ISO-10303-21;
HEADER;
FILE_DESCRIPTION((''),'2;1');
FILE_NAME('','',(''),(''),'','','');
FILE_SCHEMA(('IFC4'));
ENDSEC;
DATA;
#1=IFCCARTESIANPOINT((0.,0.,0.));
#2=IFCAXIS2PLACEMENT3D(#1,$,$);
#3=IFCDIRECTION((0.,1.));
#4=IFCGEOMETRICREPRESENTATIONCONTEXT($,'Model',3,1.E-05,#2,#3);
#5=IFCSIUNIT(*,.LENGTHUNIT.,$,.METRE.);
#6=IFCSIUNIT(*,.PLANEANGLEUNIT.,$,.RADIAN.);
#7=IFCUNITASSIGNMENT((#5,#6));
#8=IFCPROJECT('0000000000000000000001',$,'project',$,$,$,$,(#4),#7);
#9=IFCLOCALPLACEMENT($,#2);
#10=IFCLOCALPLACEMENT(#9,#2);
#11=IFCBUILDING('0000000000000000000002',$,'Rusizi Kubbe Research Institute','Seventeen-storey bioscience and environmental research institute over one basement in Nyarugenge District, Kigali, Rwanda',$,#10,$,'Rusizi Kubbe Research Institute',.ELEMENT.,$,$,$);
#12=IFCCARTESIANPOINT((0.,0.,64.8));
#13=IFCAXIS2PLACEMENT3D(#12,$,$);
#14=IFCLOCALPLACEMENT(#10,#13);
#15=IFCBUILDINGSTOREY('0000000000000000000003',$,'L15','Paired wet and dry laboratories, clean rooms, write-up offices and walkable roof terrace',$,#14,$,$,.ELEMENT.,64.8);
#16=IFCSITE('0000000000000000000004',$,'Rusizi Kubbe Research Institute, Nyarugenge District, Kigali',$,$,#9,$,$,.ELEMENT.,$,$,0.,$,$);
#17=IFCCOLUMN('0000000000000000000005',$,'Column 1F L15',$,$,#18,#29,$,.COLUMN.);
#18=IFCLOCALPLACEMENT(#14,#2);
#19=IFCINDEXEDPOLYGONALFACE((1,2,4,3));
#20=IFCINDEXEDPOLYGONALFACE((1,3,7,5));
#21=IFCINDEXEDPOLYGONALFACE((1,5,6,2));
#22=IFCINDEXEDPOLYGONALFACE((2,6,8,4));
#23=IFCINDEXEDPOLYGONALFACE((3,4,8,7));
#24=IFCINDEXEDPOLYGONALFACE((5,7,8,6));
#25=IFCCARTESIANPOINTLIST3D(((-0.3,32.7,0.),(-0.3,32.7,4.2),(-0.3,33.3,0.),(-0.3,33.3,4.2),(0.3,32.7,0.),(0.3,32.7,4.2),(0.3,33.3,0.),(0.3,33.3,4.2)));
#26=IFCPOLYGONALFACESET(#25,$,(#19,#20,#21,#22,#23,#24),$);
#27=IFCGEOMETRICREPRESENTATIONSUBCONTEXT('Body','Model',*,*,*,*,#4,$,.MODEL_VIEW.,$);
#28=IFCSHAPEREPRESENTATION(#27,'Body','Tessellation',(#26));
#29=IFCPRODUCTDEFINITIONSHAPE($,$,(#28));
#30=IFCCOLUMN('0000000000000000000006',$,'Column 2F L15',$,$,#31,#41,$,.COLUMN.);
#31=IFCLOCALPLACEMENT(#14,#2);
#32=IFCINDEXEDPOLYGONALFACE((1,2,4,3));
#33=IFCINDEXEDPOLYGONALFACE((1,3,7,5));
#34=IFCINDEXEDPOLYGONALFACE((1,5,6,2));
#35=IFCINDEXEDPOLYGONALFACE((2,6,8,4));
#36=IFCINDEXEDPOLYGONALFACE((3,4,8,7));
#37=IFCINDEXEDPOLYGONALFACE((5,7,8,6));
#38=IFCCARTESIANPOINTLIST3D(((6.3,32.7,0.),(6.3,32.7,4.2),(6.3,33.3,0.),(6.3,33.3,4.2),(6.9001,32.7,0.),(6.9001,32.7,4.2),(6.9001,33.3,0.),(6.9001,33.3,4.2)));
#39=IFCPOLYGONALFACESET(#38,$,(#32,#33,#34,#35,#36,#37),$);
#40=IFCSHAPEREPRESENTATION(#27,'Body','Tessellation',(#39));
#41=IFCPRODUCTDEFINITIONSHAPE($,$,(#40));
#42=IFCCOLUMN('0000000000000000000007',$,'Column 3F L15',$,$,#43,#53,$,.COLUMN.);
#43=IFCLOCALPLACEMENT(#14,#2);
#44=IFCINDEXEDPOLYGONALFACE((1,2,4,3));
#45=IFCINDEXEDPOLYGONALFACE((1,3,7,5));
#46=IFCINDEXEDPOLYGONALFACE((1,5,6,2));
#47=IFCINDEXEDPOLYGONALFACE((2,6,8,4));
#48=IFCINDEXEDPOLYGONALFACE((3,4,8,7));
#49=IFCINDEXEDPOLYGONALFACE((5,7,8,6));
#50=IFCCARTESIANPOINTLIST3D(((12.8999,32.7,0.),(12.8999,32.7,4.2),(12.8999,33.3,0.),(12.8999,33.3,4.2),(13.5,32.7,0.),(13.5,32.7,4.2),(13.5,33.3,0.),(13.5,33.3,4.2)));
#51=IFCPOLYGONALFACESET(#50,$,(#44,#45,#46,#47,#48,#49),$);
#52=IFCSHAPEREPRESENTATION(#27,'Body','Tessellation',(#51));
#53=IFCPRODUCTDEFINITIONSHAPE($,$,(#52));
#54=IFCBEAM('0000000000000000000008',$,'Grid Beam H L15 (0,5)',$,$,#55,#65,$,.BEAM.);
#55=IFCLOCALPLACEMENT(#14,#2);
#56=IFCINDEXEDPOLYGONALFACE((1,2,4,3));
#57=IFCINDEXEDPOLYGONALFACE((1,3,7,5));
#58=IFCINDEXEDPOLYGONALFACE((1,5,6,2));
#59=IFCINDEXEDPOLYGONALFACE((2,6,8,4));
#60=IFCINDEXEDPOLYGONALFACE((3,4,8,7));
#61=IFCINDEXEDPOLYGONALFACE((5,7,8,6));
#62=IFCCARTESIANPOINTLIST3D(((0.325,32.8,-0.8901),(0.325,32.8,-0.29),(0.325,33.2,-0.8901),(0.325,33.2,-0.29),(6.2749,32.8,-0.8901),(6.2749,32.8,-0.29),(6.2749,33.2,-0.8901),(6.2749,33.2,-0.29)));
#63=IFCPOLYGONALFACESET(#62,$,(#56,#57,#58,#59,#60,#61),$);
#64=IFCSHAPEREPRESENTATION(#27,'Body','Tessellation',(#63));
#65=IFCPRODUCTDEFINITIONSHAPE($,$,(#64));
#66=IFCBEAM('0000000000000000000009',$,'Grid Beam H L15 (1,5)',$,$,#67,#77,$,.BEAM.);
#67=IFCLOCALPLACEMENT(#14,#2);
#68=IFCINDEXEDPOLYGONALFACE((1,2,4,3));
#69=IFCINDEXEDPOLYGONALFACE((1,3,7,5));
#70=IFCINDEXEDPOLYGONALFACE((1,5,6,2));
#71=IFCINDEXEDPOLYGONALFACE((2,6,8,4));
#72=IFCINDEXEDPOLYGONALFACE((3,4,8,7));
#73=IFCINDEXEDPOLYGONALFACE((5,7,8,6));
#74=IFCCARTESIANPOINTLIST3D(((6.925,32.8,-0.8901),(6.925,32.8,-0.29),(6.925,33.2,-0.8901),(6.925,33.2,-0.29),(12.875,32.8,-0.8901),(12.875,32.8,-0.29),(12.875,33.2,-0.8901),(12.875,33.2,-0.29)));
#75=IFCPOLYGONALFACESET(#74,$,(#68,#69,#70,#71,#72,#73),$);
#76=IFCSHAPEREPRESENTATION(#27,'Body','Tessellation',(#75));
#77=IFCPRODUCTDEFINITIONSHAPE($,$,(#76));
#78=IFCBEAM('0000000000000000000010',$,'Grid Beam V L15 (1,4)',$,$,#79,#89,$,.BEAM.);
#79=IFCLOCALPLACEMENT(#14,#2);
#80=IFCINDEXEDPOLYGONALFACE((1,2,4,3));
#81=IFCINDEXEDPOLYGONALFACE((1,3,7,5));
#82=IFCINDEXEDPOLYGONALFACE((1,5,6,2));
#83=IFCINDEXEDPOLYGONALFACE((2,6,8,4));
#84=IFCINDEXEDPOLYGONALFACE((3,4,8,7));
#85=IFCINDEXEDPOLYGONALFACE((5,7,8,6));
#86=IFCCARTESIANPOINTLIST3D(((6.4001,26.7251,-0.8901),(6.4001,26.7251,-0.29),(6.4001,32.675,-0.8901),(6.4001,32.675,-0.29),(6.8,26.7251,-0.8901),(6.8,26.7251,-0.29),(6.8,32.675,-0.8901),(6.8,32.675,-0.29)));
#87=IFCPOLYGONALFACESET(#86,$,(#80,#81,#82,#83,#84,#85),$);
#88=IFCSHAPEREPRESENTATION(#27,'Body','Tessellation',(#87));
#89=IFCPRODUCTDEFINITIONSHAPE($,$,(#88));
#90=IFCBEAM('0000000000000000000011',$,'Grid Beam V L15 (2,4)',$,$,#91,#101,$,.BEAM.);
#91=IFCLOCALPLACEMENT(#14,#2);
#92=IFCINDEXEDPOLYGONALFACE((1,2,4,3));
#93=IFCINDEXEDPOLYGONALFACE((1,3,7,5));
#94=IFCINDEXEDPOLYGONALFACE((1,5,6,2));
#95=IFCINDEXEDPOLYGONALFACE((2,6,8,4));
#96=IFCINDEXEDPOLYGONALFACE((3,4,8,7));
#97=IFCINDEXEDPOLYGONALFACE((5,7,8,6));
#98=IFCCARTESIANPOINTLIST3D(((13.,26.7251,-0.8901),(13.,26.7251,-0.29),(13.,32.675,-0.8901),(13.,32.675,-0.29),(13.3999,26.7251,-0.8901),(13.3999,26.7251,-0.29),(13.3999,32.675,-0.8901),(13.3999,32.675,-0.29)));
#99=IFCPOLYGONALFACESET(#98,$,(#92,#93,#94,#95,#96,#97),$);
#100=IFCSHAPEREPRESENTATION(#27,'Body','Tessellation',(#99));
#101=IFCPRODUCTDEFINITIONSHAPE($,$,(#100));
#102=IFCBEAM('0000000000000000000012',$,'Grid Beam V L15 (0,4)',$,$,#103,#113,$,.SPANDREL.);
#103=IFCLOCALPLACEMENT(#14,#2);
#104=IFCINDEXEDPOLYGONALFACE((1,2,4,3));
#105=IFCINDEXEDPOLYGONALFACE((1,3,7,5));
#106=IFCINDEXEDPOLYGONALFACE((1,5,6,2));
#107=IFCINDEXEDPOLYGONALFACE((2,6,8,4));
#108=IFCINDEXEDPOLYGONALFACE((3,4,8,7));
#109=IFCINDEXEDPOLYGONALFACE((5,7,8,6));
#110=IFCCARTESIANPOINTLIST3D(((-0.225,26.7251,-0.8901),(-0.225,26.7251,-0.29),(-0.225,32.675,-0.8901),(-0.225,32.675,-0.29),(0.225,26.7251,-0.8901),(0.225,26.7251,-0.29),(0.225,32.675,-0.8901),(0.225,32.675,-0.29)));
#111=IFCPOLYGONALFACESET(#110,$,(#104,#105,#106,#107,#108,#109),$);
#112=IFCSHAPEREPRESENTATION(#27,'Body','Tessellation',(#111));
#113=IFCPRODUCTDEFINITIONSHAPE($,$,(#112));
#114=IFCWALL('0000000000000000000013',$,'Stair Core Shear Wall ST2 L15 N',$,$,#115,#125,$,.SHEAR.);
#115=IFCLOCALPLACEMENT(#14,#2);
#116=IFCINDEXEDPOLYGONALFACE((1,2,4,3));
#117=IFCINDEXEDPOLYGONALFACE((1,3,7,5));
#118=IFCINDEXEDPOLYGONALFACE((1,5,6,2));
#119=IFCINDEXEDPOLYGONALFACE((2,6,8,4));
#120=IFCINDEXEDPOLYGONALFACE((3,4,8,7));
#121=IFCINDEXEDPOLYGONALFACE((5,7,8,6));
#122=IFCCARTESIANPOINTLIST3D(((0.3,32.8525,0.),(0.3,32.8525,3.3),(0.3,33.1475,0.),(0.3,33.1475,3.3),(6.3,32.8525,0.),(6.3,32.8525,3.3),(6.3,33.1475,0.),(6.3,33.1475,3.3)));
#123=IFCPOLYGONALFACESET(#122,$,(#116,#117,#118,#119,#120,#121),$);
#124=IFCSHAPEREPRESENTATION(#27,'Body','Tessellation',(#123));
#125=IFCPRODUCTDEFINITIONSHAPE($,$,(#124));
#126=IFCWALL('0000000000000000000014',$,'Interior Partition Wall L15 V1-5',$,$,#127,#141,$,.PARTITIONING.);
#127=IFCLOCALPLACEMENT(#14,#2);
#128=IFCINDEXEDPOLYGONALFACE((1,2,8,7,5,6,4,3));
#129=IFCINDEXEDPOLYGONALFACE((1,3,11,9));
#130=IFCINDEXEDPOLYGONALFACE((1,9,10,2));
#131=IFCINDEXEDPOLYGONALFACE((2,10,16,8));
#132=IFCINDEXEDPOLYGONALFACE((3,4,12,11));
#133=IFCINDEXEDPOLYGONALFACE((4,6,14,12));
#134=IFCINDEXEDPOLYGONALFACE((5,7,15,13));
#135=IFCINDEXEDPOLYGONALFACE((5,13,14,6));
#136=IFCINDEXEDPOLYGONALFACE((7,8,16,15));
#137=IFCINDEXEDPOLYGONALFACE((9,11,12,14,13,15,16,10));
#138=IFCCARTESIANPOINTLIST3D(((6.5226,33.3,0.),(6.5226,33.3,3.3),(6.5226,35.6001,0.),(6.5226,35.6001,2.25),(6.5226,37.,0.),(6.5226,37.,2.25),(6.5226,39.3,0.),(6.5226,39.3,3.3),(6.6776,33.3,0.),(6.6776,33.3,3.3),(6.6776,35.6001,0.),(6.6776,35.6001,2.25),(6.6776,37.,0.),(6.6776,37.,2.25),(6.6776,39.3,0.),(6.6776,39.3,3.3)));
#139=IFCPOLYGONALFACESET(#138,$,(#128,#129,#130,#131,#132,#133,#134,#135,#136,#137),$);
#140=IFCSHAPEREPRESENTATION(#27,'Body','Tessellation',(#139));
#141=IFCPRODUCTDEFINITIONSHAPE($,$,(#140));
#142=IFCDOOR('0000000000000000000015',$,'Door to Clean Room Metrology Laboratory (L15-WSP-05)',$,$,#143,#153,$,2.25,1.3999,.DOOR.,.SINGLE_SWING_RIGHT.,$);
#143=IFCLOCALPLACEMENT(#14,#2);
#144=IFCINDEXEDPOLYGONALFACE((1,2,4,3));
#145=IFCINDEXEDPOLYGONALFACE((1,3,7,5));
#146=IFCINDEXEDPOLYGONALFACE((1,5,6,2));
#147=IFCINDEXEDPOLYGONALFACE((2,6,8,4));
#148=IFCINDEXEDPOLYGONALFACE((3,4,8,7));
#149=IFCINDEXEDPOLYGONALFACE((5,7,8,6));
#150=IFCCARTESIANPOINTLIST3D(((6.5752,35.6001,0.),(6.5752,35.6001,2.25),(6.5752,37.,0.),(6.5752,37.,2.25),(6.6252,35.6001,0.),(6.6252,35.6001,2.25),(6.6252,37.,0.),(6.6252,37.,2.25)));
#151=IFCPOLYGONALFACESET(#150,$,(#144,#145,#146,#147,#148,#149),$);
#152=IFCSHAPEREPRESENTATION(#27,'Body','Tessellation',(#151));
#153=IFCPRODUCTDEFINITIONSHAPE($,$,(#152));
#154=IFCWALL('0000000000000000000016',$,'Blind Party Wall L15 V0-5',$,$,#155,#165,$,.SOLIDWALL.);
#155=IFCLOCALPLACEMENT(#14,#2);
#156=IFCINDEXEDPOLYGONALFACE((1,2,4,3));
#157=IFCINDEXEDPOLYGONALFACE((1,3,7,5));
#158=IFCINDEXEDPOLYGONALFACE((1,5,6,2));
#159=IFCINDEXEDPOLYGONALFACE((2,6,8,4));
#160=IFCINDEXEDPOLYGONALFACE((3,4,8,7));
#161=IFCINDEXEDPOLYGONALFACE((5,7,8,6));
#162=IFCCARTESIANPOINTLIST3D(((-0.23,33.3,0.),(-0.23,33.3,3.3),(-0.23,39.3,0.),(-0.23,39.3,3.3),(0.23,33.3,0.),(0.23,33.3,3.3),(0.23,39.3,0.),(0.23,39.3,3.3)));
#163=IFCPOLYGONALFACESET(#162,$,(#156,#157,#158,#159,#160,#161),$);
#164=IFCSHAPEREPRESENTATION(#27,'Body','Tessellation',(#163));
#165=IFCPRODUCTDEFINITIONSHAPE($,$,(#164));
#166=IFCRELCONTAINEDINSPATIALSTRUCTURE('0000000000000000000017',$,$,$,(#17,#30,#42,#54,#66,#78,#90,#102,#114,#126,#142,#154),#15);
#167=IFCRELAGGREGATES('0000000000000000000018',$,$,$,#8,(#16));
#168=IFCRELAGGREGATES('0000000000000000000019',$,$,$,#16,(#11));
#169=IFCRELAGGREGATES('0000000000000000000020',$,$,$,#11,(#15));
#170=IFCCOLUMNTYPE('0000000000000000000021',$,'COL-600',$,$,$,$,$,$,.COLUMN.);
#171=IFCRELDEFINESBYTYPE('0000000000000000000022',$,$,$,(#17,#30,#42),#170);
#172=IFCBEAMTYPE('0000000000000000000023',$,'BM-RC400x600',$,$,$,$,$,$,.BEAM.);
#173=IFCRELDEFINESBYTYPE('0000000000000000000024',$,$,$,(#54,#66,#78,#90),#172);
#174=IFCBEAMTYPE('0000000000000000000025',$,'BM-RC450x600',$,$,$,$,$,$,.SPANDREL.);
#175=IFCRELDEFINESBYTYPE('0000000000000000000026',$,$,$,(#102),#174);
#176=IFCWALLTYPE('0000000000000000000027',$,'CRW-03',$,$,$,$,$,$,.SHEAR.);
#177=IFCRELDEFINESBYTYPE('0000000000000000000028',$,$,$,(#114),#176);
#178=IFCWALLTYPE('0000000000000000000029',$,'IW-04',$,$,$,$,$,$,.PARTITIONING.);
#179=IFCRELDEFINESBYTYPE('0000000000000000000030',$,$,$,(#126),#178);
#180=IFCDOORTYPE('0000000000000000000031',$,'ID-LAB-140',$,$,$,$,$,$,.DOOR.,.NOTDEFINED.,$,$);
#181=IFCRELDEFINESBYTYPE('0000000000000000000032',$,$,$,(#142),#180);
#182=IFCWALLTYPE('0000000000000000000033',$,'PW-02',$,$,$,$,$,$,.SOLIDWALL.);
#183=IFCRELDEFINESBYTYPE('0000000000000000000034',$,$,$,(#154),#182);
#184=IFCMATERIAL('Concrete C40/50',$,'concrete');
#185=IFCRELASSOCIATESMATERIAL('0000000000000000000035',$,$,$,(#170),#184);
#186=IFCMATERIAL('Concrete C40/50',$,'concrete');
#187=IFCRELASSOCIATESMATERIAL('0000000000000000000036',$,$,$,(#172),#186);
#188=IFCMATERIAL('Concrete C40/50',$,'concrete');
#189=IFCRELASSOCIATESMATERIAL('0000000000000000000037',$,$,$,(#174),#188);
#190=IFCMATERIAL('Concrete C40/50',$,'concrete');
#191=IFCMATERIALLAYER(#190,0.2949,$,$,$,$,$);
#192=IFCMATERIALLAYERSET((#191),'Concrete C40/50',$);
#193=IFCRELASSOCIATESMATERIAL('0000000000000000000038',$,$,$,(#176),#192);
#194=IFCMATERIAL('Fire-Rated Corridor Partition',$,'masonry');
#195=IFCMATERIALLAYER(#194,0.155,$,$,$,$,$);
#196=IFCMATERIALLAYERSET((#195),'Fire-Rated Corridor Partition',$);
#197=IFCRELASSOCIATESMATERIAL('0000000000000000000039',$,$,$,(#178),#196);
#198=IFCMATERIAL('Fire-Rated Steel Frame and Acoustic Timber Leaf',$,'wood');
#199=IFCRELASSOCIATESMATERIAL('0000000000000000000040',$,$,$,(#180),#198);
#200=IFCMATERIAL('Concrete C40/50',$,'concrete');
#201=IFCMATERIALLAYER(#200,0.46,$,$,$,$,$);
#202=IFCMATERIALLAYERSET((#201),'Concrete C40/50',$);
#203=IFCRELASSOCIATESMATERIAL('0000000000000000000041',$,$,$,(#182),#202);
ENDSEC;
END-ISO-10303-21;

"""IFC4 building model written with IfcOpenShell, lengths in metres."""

from ifc_helpers import new_model, si_unit, direction, frame, frame_2d, origin, origin_2d, place, context, subcontext, project, spatial, rectangle, extrude, material, layer, layer_set, material_profile, profile_set, type_object, element, fill, save


model = new_model("IFC4")

# Units and contexts
model_context = context("Model", 3, precision=1e-05, world=origin(), true_north=direction((0.0, 1.0)))
body_context = subcontext(model_context, "Body", "Model", "MODEL_VIEW")
ifc_project = project(units=[si_unit("LENGTHUNIT", "METRE"), si_unit("PLANEANGLEUNIT", "RADIAN")], contexts=[model_context])

# Site, building, storey
site_placement = place(None, origin())
site = spatial("IfcSite", under=ifc_project, at=site_placement, Name="Rusizi Kubbe Research Institute, Nyarugenge District, Kigali", CompositionType="ELEMENT", RefElevation=0.0)
building_placement = place(site_placement, origin())
building = spatial("IfcBuilding", under=site, at=building_placement, Name="Rusizi Kubbe Research Institute", Description="Seventeen-storey bioscience and environmental research institute over one basement in Nyarugenge District, Kigali, Rwanda", LongName="Rusizi Kubbe Research Institute", CompositionType="ELEMENT")
storey_placement = place(building_placement, frame((0.0, 0.0, 64.8)))
storey = spatial("IfcBuildingStorey", under=building, at=storey_placement, Name="L15", Description="Paired wet and dry laboratories, clean rooms, write-up offices and walkable roof terrace", CompositionType="ELEMENT", Elevation=64.8)

# Columns
ifc_material_1 = material(Name="Concrete C40/50", Category="concrete")
ifc_material_profile_1 = material_profile(ifc_material_1, rectangle(XDim=0.6001, YDim=0.6001, at=origin_2d()), Name="RC600x600")
ifc_profile_set_1 = profile_set([ifc_material_profile_1], Name="Concrete C40/50")
column_type = type_object("IfcColumnType", Name="COL-600", PredefinedType="COLUMN", material=ifc_profile_set_1)
for number, where, z_axis, x_axis, name in (
    (1, (0.0, 33.0, 0.0), (0.0, 0.0, 1.0), (1.0, 0.0, 0.0), "Column 1F L15"),
    (2, (6.6001, 33.0, 0.0), (0.0, 0.0, 1.0), (1.0, 0.0, 0.0), "Column 2F L15"),
    (3, (13.2, 33.0, 0.0), (0.0, 0.0, 1.0), (1.0, 0.0, 0.0), "Column 3F L15"),
):
    element("IfcColumn", number, at=place(storey_placement, frame(where, z_axis=z_axis, x_axis=x_axis)), inside=storey, type_object=column_type, Name=name, PredefinedType="COLUMN", context=body_context, shape_type="SweptSolid", body=[
        extrude(rectangle(XDim=0.6001, YDim=0.6001, at=origin_2d()), origin(), (0.0, 0.0, 1.0), 4.2),
    ])

# Beams
ifc_material_2 = material(Name="Concrete C40/50", Category="concrete")
ifc_material_profile_2 = material_profile(ifc_material_2, rectangle(XDim=0.3999, YDim=0.6001, at=origin_2d()), Name="RC400x600")
ifc_profile_set_2 = profile_set([ifc_material_profile_2], Name="Concrete C40/50")
beam_type_1 = type_object("IfcBeamType", Name="BM-RC400x600", PredefinedType="BEAM", material=ifc_profile_set_2)
for number, where, z_axis, x_axis, name in (
    (4, (0.325, 33.0, -0.5901), (1.0, 0.0, 0.0), (0.0, 1.0, 0.0), "Grid Beam H L15 (0,5)"),
    (5, (6.925, 33.0, -0.5901), (1.0, 0.0, 0.0), (0.0, 1.0, 0.0), "Grid Beam H L15 (1,5)"),
    (6, (6.6001, 26.7251, -0.5901), (0.0, 1.0, 0.0), (-1.0, 0.0, 0.0), "Grid Beam V L15 (1,4)"),
    (7, (13.2, 26.7251, -0.5901), (0.0, 1.0, 0.0), (-1.0, 0.0, 0.0), "Grid Beam V L15 (2,4)"),
):
    element("IfcBeam", number, at=place(storey_placement, frame(where, z_axis=z_axis, x_axis=x_axis)), inside=storey, type_object=beam_type_1, Name=name, PredefinedType="BEAM", context=body_context, shape_type="SweptSolid", body=[
        extrude(rectangle(XDim=0.3999, YDim=0.6001, at=origin_2d()), origin(), (0.0, 0.0, 1.0), 5.95),
    ])
ifc_material_3 = material(Name="Concrete C40/50", Category="concrete")
ifc_material_profile_3 = material_profile(ifc_material_3, rectangle(XDim=0.45, YDim=0.6001, at=origin_2d()), Name="RC450x600")
ifc_profile_set_3 = profile_set([ifc_material_profile_3], Name="Concrete C40/50")
beam_type_2 = type_object("IfcBeamType", Name="BM-RC450x600", PredefinedType="SPANDREL", material=ifc_profile_set_3)
beam_placement = place(storey_placement, frame((0.0, 26.7251, -0.5901), z_axis=(0.0, 1.0, 0.0), x_axis=(-1.0, 0.0, 0.0)))
element("IfcBeam", 8, at=beam_placement, inside=storey, type_object=beam_type_2, Name="Grid Beam V L15 (0,4)", PredefinedType="SPANDREL", context=body_context, shape_type="SweptSolid", body=[
    extrude(rectangle(XDim=0.45, YDim=0.6001, at=origin_2d()), origin(), (0.0, 0.0, 1.0), 5.95),
])

# Wall
ifc_material_4 = material(Name="Concrete C40/50", Category="concrete")
ifc_layer_1 = layer(ifc_material_4, 0.2949)
ifc_layer_set_1 = layer_set([ifc_layer_1], Name="Concrete C40/50")
wall_type_1 = type_object("IfcWallType", Name="CRW-03", PredefinedType="SHEAR", material=ifc_layer_set_1)
wall_1_placement = place(storey_placement, frame((0.3, 33.0, 0.0), z_axis=(0.0, 0.0, 1.0), x_axis=(1.0, 0.0, 0.0)))
element("IfcWall", 9, at=wall_1_placement, inside=storey, type_object=wall_type_1, Name="Stair Core Shear Wall ST2 L15 N", PredefinedType="SHEAR", context=body_context, shape_type="SweptSolid", body=[
    extrude(rectangle(XDim=6.0, YDim=0.2949, at=frame_2d((3.0, 0.0))), origin(), (0.0, 0.0, 1.0), 3.3),
])

# Wall, opening, door
ifc_material_5 = material(Name="Fire-Rated Corridor Partition", Category="masonry")
ifc_layer_2 = layer(ifc_material_5, 0.155)
ifc_layer_set_2 = layer_set([ifc_layer_2], Name="Fire-Rated Corridor Partition")
wall_type_2 = type_object("IfcWallType", Name="IW-04", PredefinedType="PARTITIONING", material=ifc_layer_set_2)
wall_2_placement = place(storey_placement, frame((6.6001, 33.3, 0.0), z_axis=(0.0, 0.0, 1.0), x_axis=(0.0, 1.0, 0.0)))
wall_2 = element("IfcWall", 10, at=wall_2_placement, inside=storey, type_object=wall_type_2, Name="Interior Partition Wall L15 V1-5", PredefinedType="PARTITIONING", context=body_context, shape_type="SweptSolid", body=[
    extrude(rectangle(XDim=6.0, YDim=0.155, at=frame_2d((3.0, 0.0))), origin(), (0.0, 0.0, 1.0), 3.3),
])
opening_placement = place(wall_2_placement, frame((2.3, 0.0, 0.0)))
opening = element("IfcOpeningElement", 11, at=opening_placement, cuts=wall_2, PredefinedType="OPENING", context=body_context, shape_type="SweptSolid", body=[
    extrude(rectangle(XDim=1.3999, YDim=2.25, at=frame_2d((0.7, 1.125))), frame((0.0, 0.0874, 0.0), z_axis=(0.0, -1.0, 0.0), x_axis=(1.0, 0.0, 0.0)), (0.0, 0.0, 1.0), 0.175),
])
ifc_material_6 = material(Name="Fire-Rated Steel Frame and Acoustic Timber Leaf", Category="wood")
door_type = type_object("IfcDoorType", Name="ID-LAB-140", OperationType="NOTDEFINED", PredefinedType="DOOR", material=ifc_material_6)
door_placement = place(opening_placement, origin())
door = element("IfcDoor", 12, at=door_placement, inside=storey, type_object=door_type, Name="Door to Clean Room Metrology Laboratory (L15-WSP-05)", OperationType="SINGLE_SWING_RIGHT", OverallHeight=2.25, OverallWidth=1.3999, PredefinedType="DOOR", context=body_context, shape_type="SweptSolid", body=[
    extrude(rectangle(XDim=1.3999, YDim=2.25, at=frame_2d((0.7, 1.125))), frame((0.0, 0.0249, 0.0), z_axis=(0.0, -1.0, 0.0), x_axis=(1.0, 0.0, 0.0)), (0.0, 0.0, 1.0), 0.05),
])
fill(opening, door)

# Wall
ifc_material_7 = material(Name="Concrete C40/50", Category="concrete")
ifc_layer_3 = layer(ifc_material_7, 0.46)
ifc_layer_set_3 = layer_set([ifc_layer_3], Name="Concrete C40/50")
wall_type_3 = type_object("IfcWallType", Name="PW-02", PredefinedType="SOLIDWALL", material=ifc_layer_set_3)
wall_3_placement = place(storey_placement, frame((0.0, 33.3, 0.0), z_axis=(0.0, 0.0, 1.0), x_axis=(0.0, 1.0, 0.0)))
element("IfcWall", 13, at=wall_3_placement, inside=storey, type_object=wall_type_3, Name="Blind Party Wall L15 V0-5", PredefinedType="SOLIDWALL", context=body_context, shape_type="SweptSolid", body=[
    extrude(rectangle(XDim=6.0, YDim=0.46, at=frame_2d((3.0, 0.0))), origin(), (0.0, 0.0, 1.0), 3.3),
])

save(model, "model.ifc")
